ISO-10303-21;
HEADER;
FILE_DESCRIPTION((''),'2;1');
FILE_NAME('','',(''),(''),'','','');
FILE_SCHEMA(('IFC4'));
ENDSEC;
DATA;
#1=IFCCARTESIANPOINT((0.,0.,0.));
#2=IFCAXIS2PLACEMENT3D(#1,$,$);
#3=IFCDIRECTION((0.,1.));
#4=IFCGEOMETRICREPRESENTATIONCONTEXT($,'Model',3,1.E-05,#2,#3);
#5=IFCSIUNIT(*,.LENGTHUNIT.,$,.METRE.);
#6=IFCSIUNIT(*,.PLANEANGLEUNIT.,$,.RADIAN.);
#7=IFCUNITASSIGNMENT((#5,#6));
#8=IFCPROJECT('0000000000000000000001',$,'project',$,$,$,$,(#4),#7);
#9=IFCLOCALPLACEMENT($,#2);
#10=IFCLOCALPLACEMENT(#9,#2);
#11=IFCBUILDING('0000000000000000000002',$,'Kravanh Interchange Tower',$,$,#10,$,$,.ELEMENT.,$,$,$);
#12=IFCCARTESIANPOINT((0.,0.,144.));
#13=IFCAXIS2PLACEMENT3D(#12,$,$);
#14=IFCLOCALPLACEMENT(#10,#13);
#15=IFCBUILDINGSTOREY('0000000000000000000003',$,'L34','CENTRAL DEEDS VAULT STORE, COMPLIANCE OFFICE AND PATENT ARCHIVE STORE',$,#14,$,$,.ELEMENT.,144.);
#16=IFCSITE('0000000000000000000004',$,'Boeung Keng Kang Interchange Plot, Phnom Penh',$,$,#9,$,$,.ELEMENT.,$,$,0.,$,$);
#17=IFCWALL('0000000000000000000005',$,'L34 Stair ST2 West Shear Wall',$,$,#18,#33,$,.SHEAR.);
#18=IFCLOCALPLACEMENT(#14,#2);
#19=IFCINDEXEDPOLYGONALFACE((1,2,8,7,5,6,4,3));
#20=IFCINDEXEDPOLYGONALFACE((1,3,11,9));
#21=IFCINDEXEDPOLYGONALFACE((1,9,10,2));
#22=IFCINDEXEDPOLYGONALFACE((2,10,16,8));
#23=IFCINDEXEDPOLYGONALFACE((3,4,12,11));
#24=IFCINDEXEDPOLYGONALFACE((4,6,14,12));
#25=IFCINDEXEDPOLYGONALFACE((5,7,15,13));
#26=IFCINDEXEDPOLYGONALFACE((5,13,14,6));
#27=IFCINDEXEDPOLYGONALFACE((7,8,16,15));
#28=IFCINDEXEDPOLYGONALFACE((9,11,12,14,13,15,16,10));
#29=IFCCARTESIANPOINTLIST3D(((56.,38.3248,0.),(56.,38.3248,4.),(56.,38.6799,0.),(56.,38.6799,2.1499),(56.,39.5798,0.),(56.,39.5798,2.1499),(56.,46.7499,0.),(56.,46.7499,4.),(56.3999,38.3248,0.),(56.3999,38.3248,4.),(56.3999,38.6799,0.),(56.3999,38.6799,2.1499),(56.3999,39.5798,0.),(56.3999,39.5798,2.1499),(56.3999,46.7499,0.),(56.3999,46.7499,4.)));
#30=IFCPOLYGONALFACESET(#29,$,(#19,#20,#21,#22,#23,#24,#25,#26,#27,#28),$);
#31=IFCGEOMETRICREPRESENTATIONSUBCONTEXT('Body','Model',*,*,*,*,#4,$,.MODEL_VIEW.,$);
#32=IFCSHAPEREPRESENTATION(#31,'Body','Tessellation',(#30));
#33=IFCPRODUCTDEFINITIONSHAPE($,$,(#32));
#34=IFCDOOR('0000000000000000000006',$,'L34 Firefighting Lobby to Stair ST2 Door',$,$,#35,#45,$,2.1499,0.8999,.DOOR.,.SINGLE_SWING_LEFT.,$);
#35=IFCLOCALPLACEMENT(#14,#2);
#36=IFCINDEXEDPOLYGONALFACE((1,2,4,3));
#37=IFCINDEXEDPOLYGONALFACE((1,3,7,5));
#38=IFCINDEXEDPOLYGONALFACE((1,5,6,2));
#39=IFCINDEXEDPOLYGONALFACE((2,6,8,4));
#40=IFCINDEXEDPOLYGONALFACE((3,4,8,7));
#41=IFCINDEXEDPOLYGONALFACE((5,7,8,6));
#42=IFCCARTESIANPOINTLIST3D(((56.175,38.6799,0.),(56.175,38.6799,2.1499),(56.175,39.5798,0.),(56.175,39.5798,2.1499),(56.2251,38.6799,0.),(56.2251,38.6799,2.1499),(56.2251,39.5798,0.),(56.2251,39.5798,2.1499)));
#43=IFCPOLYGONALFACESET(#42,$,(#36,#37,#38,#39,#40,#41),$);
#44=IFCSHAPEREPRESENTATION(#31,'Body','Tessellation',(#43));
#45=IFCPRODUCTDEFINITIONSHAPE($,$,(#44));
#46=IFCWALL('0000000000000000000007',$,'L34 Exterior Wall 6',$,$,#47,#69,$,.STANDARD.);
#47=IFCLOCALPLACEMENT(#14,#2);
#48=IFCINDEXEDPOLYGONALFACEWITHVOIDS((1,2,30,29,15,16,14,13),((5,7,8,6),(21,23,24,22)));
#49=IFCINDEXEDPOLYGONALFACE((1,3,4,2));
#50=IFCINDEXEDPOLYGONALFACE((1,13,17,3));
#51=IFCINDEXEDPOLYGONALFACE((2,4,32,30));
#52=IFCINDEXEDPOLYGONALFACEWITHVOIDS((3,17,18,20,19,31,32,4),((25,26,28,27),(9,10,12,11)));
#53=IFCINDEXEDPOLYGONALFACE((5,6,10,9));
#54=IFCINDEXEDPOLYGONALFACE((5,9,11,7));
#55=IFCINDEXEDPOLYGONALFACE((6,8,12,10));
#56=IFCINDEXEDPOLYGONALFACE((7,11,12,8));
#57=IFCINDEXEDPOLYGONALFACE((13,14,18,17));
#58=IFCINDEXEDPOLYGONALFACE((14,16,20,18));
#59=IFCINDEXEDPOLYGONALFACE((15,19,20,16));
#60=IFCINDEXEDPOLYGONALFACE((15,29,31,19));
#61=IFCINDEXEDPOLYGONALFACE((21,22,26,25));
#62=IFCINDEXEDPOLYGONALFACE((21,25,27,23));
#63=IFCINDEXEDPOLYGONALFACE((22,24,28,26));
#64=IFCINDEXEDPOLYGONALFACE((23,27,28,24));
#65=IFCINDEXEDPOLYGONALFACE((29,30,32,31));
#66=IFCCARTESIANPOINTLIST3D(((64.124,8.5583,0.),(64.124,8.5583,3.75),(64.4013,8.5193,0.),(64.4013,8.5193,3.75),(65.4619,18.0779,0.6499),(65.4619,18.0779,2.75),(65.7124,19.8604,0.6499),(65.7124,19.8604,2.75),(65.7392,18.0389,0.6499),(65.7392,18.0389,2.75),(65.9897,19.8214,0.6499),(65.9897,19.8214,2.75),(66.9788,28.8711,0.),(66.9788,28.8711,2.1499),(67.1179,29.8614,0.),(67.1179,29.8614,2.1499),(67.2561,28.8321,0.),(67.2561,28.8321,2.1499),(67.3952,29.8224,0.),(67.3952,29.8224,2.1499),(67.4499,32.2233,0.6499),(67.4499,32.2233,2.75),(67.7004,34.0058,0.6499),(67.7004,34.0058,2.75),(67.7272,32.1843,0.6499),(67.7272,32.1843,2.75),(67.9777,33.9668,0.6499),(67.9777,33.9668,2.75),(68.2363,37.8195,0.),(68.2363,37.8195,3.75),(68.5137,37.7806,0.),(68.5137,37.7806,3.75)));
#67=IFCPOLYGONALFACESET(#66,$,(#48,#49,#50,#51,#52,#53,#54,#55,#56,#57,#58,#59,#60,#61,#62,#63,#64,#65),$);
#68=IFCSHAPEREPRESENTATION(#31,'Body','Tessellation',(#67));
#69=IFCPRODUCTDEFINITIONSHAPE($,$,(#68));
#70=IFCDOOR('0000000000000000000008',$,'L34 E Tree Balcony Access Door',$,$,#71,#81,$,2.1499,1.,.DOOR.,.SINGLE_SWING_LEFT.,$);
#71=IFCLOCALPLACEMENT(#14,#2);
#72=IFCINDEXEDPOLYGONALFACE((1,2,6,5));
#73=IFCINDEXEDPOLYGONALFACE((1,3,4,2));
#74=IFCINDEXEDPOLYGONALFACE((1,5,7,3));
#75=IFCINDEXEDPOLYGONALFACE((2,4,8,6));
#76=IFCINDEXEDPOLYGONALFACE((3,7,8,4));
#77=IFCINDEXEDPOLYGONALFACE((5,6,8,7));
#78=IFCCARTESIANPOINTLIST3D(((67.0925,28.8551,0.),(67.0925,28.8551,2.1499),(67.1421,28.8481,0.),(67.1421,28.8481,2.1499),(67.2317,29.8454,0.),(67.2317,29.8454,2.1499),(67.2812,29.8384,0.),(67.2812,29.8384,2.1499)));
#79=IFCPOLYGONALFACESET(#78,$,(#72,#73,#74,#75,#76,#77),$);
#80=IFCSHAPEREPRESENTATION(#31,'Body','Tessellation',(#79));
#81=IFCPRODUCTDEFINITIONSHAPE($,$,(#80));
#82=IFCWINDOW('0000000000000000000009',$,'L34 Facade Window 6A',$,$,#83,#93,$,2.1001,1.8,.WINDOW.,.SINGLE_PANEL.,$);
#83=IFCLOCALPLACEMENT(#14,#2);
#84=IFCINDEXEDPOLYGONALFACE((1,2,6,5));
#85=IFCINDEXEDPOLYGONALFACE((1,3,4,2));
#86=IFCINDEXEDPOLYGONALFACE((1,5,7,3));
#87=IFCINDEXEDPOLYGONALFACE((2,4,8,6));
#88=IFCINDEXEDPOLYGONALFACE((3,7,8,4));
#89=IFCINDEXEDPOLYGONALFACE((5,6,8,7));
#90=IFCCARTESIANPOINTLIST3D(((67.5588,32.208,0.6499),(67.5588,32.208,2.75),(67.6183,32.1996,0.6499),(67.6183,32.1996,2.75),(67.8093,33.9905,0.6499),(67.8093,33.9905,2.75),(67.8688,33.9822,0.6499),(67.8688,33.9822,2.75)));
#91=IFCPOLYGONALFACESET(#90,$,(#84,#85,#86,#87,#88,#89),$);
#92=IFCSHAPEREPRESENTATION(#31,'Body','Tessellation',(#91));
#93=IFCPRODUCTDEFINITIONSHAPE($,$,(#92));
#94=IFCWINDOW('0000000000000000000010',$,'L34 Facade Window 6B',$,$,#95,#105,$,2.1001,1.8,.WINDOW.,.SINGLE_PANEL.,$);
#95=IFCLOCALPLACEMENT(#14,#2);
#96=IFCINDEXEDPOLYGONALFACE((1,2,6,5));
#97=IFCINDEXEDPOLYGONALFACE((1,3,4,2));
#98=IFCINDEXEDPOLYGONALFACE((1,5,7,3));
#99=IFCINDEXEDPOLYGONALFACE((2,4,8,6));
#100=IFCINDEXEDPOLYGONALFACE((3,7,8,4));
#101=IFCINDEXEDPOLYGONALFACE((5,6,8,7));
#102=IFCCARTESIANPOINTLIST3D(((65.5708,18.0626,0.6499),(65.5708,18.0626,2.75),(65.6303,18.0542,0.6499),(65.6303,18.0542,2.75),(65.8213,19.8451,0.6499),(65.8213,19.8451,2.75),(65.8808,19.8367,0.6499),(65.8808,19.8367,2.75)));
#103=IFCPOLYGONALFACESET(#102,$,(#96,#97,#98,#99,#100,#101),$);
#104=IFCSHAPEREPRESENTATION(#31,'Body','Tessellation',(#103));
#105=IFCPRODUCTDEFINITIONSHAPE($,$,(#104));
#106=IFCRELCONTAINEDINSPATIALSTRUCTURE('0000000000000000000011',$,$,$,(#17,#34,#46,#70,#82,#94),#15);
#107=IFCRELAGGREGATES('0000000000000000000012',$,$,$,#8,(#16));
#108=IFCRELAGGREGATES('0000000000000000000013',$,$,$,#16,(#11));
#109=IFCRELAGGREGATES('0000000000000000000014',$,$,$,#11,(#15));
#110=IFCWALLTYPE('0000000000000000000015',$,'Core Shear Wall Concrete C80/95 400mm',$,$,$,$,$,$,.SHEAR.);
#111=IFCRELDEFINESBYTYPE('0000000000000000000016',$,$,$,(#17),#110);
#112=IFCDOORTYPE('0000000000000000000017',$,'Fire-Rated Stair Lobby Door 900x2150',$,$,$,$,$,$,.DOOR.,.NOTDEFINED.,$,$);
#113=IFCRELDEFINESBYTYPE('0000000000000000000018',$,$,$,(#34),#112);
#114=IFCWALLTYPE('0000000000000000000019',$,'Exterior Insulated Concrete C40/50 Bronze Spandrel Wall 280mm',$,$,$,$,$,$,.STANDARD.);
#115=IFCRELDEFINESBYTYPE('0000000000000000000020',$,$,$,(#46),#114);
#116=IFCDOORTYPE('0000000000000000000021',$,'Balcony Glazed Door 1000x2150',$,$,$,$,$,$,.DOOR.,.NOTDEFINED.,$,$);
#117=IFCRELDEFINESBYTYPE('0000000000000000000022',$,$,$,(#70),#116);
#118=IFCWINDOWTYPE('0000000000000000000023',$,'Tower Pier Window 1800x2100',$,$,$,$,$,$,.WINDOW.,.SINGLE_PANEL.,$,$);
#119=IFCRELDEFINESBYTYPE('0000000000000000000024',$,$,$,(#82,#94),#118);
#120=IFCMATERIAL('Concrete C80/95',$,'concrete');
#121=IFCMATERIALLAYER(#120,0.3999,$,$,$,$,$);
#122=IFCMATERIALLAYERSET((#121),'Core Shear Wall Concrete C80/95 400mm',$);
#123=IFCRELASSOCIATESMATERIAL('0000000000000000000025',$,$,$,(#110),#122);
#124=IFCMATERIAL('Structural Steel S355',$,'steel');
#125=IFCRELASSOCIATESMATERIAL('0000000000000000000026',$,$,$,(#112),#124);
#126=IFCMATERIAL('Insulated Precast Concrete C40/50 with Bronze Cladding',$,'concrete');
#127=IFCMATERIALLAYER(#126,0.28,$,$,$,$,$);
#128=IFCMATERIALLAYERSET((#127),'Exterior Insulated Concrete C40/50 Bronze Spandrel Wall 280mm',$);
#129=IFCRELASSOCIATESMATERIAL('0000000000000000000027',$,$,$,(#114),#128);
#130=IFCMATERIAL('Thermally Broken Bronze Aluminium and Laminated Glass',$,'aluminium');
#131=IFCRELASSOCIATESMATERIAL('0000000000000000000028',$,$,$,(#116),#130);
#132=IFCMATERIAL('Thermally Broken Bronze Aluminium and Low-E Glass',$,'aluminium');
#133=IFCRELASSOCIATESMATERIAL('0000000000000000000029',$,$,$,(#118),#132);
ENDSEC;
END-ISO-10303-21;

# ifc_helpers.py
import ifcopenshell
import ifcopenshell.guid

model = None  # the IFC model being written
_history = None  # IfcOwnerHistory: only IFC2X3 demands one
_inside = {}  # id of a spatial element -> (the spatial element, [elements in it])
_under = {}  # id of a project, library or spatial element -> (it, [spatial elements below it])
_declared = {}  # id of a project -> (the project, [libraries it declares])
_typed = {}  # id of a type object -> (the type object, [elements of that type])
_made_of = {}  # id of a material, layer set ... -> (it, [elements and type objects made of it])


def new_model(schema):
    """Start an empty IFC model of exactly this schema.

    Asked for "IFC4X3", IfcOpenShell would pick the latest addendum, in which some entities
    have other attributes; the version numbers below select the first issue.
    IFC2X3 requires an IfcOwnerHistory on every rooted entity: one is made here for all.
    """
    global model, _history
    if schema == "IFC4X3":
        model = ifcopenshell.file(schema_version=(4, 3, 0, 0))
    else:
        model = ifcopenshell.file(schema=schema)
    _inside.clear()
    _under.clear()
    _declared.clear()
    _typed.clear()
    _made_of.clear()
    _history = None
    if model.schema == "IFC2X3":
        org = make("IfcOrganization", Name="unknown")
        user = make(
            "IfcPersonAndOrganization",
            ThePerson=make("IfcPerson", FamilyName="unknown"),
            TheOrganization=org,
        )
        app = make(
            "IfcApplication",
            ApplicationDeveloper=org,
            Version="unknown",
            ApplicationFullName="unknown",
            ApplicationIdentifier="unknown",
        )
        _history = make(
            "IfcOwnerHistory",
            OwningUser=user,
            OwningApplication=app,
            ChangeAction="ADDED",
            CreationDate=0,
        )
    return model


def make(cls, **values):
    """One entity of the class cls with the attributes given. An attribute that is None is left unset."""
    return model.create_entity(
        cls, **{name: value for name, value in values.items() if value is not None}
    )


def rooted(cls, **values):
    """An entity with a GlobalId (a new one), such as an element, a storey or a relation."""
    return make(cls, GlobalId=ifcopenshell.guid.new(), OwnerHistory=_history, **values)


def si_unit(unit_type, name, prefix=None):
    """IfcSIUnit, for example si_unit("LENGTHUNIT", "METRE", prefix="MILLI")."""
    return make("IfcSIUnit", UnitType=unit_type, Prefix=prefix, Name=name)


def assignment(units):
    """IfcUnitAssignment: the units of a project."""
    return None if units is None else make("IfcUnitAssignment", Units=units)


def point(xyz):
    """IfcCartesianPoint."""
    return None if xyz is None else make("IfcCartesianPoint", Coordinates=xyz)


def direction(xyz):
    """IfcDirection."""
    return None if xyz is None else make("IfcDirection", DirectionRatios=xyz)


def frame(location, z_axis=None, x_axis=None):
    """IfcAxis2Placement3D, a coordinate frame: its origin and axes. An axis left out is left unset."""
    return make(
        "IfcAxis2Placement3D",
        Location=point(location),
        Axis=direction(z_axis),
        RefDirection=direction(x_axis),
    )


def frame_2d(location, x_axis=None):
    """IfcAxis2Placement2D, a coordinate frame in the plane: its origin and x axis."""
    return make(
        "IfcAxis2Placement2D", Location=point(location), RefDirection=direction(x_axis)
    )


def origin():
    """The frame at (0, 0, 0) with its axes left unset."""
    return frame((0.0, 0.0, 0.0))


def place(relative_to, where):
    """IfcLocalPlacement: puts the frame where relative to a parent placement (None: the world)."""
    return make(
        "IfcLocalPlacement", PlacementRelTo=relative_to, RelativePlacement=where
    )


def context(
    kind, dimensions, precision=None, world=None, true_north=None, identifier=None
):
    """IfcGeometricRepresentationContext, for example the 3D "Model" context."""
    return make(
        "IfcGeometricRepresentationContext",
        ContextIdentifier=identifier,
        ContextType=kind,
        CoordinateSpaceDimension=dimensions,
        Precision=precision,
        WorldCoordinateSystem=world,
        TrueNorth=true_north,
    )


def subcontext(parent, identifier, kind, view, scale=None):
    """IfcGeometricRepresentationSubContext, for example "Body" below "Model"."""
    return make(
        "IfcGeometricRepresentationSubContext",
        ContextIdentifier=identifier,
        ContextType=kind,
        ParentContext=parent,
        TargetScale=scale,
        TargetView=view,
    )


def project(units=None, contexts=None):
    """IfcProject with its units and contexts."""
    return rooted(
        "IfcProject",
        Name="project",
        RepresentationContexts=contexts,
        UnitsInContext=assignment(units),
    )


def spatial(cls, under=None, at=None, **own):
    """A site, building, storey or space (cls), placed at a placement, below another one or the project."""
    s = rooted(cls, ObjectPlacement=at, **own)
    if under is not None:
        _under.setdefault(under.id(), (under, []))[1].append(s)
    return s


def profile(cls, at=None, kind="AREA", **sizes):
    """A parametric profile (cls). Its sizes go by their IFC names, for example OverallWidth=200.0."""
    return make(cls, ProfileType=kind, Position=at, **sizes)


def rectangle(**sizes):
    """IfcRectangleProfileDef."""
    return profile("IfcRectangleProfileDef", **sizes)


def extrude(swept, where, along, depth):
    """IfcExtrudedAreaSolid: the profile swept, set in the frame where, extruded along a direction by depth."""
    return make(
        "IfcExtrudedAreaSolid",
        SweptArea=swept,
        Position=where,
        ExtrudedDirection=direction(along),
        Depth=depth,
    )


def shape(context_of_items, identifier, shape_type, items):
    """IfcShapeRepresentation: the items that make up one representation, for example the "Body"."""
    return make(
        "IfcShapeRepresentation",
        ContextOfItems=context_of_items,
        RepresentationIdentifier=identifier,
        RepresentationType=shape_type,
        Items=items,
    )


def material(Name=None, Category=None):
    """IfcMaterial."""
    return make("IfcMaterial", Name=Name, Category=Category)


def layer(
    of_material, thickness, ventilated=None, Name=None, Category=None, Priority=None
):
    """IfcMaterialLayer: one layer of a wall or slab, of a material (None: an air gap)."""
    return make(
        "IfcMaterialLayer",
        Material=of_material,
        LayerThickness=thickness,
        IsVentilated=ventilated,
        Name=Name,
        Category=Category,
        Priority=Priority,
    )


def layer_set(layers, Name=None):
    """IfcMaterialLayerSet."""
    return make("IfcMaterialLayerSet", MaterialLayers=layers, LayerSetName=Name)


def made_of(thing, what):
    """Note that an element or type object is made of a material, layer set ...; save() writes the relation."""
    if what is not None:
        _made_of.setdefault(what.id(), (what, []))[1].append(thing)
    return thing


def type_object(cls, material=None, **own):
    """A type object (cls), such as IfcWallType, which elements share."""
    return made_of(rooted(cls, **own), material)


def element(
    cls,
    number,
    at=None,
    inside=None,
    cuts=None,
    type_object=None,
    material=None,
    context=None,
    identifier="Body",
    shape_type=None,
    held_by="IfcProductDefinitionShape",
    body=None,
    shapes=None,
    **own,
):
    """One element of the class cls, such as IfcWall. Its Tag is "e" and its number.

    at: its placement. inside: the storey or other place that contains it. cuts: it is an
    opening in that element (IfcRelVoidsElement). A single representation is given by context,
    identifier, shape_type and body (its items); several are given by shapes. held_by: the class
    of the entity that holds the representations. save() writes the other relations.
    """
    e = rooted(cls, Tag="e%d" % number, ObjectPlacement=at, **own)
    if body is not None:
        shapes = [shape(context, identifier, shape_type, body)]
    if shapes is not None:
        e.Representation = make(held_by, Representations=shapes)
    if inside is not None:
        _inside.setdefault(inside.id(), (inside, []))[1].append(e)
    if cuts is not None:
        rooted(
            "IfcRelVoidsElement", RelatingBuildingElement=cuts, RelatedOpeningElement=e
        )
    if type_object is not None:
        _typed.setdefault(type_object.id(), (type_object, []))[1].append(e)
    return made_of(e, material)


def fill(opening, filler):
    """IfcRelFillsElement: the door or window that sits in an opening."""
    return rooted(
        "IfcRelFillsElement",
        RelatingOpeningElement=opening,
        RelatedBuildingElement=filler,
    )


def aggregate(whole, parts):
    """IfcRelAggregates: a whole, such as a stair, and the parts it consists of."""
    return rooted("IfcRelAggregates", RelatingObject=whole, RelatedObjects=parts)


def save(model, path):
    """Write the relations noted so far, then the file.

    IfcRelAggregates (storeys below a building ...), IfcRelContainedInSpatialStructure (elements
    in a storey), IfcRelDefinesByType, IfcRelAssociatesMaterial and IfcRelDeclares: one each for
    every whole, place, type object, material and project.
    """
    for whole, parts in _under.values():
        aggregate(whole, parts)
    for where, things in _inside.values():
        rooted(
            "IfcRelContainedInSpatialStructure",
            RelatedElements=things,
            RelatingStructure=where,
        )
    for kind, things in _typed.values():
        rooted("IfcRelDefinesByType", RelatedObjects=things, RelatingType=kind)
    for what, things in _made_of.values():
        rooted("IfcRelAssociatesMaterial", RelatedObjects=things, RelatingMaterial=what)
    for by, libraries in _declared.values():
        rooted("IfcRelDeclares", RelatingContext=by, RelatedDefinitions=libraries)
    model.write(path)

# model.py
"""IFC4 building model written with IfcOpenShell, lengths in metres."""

from ifc_helpers import new_model, si_unit, direction, frame, frame_2d, origin, place, context, subcontext, project, spatial, rectangle, extrude, material, layer, layer_set, type_object, element, fill, save


model = new_model("IFC4")

# Units and contexts
model_context = context("Model", 3, precision=1e-05, world=origin(), true_north=direction((0.0, 1.0)))
body_context = subcontext(model_context, "Body", "Model", "MODEL_VIEW")
ifc_project = project(units=[si_unit("LENGTHUNIT", "METRE"), si_unit("PLANEANGLEUNIT", "RADIAN")], contexts=[model_context])

# Site, building, storey
site_placement = place(None, origin())
site = spatial("IfcSite", under=ifc_project, at=site_placement, Name="Boeung Keng Kang Interchange Plot, Phnom Penh", CompositionType="ELEMENT", RefElevation=0.0)
building_placement = place(site_placement, origin())
building = spatial("IfcBuilding", under=site, at=building_placement, Name="Kravanh Interchange Tower", CompositionType="ELEMENT")
storey_placement = place(building_placement, frame((0.0, 0.0, 144.0)))
storey = spatial("IfcBuildingStorey", under=building, at=storey_placement, Name="L34", Description="CENTRAL DEEDS VAULT STORE, COMPLIANCE OFFICE AND PATENT ARCHIVE STORE", CompositionType="ELEMENT", Elevation=144.0)

# Shared definitions
ifc_material_1 = material(Name="Concrete C80/95", Category="concrete")
ifc_layer_1 = layer(ifc_material_1, 0.3999)
ifc_layer_set_1 = layer_set([ifc_layer_1], Name="Core Shear Wall Concrete C80/95 400mm")
wall_type_1 = type_object("IfcWallType", Name="Core Shear Wall Concrete C80/95 400mm", PredefinedType="SHEAR", material=ifc_layer_set_1)

# Wall, opening, door
wall_1_placement = place(storey_placement, frame((56.2, 38.325, 0.0), z_axis=(0.0, 0.0, 1.0), x_axis=(0.0, 1.0, 0.0)))
wall_1 = element("IfcWall", 1, at=wall_1_placement, inside=storey, type_object=wall_type_1, Name="L34 Stair ST2 West Shear Wall", PredefinedType="SHEAR", context=body_context, shape_type="SweptSolid", body=[
    extrude(rectangle(XDim=8.425, YDim=0.3999, at=frame_2d((4.2124, 0.0))), origin(), (0.0, 0.0, 1.0), 4.0),
])
opening_1_placement = place(wall_1_placement, frame((0.355, 0.0, 0.0)))
opening_1 = element("IfcOpeningElement", 2, at=opening_1_placement, cuts=wall_1, PredefinedType="OPENING", context=body_context, shape_type="SweptSolid", body=[
    extrude(rectangle(XDim=0.8999, YDim=2.1499, at=frame_2d((0.45, 1.075))), frame((0.0, 0.21, 0.0), z_axis=(0.0, -1.0, 0.0), x_axis=(1.0, 0.0, 0.0)), (0.0, 0.0, 1.0), 0.4199),
])
ifc_material_2 = material(Name="Structural Steel S355", Category="steel")
door_type_1 = type_object("IfcDoorType", Name="Fire-Rated Stair Lobby Door 900x2150", OperationType="NOTDEFINED", PredefinedType="DOOR", material=ifc_material_2)
door_1_placement = place(opening_1_placement, origin())
door_1 = element("IfcDoor", 3, at=door_1_placement, inside=storey, type_object=door_type_1, Name="L34 Firefighting Lobby to Stair ST2 Door", OperationType="SINGLE_SWING_LEFT", OverallHeight=2.1499, OverallWidth=0.8999, PredefinedType="DOOR", context=body_context, shape_type="SweptSolid", body=[
    extrude(rectangle(XDim=0.8999, YDim=2.1499, at=frame_2d((0.45, 1.075))), frame((0.0, 0.0249, 0.0), z_axis=(0.0, -1.0, 0.0), x_axis=(1.0, 0.0, 0.0)), (0.0, 0.0, 1.0), 0.05),
])
fill(opening_1, door_1)

# Wall, openings, door, windows
ifc_material_3 = material(Name="Insulated Precast Concrete C40/50 with Bronze Cladding", Category="concrete")
ifc_layer_2 = layer(ifc_material_3, 0.28)
ifc_layer_set_2 = layer_set([ifc_layer_2], Name="Exterior Insulated Concrete C40/50 Bronze Spandrel Wall 280mm")
wall_type_2 = type_object("IfcWallType", Name="Exterior Insulated Concrete C40/50 Bronze Spandrel Wall 280mm", PredefinedType="STANDARD", material=ifc_layer_set_2)
wall_2_placement = place(storey_placement, frame((68.375, 37.8, 0.0), z_axis=(0.0, 0.0, 1.0), x_axis=(-0.13917, -0.990269, 0.0)))
wall_2 = element("IfcWall", 4, at=wall_2_placement, inside=storey, type_object=wall_type_2, Name="L34 Exterior Wall 6", PredefinedType="STANDARD", context=body_context, shape_type="SweptSolid", body=[
    extrude(rectangle(XDim=29.5488, YDim=0.28, at=frame_2d((14.7744, 0.0))), origin(), (0.0, 0.0, 1.0), 3.75),
])
opening_2_placement = place(wall_2_placement, frame((8.0364, 0.0, 0.0)))
opening_2 = element("IfcOpeningElement", 5, at=opening_2_placement, cuts=wall_2, PredefinedType="OPENING", context=body_context, shape_type="SweptSolid", body=[
    extrude(rectangle(XDim=1.0, YDim=2.1499, at=frame_2d((0.5, 1.075))), frame((0.0, 0.1499, 0.0), z_axis=(0.0, -1.0, 0.0), x_axis=(1.0, 0.0, 0.0)), (0.0, 0.0, 1.0), 0.3),
])
opening_3_placement = place(wall_2_placement, frame((3.8513, 0.0, 0.6499)))
opening_3 = element("IfcOpeningElement", 6, at=opening_3_placement, cuts=wall_2, PredefinedType="OPENING", context=body_context, shape_type="SweptSolid", body=[
    extrude(rectangle(XDim=1.8, YDim=2.1001, at=frame_2d((0.8999, 1.05))), frame((0.0, 0.1499, 0.0), z_axis=(0.0, -1.0, 0.0), x_axis=(1.0, 0.0, 0.0)), (0.0, 0.0, 1.0), 0.3),
])
opening_4_placement = place(wall_2_placement, frame((18.1357, 0.0, 0.6499)))
opening_4 = element("IfcOpeningElement", 7, at=opening_4_placement, cuts=wall_2, PredefinedType="OPENING", context=body_context, shape_type="SweptSolid", body=[
    extrude(rectangle(XDim=1.8, YDim=2.1001, at=frame_2d((0.8999, 1.05))), frame((0.0, 0.1499, 0.0), z_axis=(0.0, -1.0, 0.0), x_axis=(1.0, 0.0, 0.0)), (0.0, 0.0, 1.0), 0.3),
])
ifc_material_4 = material(Name="Thermally Broken Bronze Aluminium and Laminated Glass", Category="aluminium")
door_type_2 = type_object("IfcDoorType", Name="Balcony Glazed Door 1000x2150", OperationType="NOTDEFINED", PredefinedType="DOOR", material=ifc_material_4)
door_2_placement = place(opening_2_placement, origin())
door_2 = element("IfcDoor", 8, at=door_2_placement, inside=storey, type_object=door_type_2, Name="L34 E Tree Balcony Access Door", OperationType="SINGLE_SWING_LEFT", OverallHeight=2.1499, OverallWidth=1.0, PredefinedType="DOOR", context=body_context, shape_type="SweptSolid", body=[
    extrude(rectangle(XDim=1.0, YDim=2.1499, at=frame_2d((0.5, 1.075))), frame((0.0, 0.0249, 0.0), z_axis=(0.0, -1.0, 0.0), x_axis=(1.0, 0.0, 0.0)), (0.0, 0.0, 1.0), 0.05),
])
fill(opening_2, door_2)
ifc_material_5 = material(Name="Thermally Broken Bronze Aluminium and Low-E Glass", Category="aluminium")
window_type = type_object("IfcWindowType", Name="Tower Pier Window 1800x2100", PartitioningType="SINGLE_PANEL", PredefinedType="WINDOW", material=ifc_material_5)
window_1_placement = place(opening_3_placement, origin())
window_1 = element("IfcWindow", 9, at=window_1_placement, inside=storey, type_object=window_type, Name="L34 Facade Window 6A", OverallHeight=2.1001, OverallWidth=1.8, PartitioningType="SINGLE_PANEL", PredefinedType="WINDOW", context=body_context, shape_type="SweptSolid", body=[
    extrude(rectangle(XDim=1.8, YDim=2.1001, at=frame_2d((0.8999, 1.05))), frame((0.0, 0.03, 0.0), z_axis=(0.0, -1.0, 0.0), x_axis=(1.0, 0.0, 0.0)), (0.0, 0.0, 1.0), 0.0601),
])
fill(opening_3, window_1)
window_2_placement = place(opening_4_placement, origin())
window_2 = element("IfcWindow", 10, at=window_2_placement, inside=storey, type_object=window_type, Name="L34 Facade Window 6B", OverallHeight=2.1001, OverallWidth=1.8, PartitioningType="SINGLE_PANEL", PredefinedType="WINDOW", context=body_context, shape_type="SweptSolid", body=[
    extrude(rectangle(XDim=1.8, YDim=2.1001, at=frame_2d((0.8999, 1.05))), frame((0.0, 0.03, 0.0), z_axis=(0.0, -1.0, 0.0), x_axis=(1.0, 0.0, 0.0)), (0.0, 0.0, 1.0), 0.0601),
])
fill(opening_4, window_2)

save(model, "model.ifc")
